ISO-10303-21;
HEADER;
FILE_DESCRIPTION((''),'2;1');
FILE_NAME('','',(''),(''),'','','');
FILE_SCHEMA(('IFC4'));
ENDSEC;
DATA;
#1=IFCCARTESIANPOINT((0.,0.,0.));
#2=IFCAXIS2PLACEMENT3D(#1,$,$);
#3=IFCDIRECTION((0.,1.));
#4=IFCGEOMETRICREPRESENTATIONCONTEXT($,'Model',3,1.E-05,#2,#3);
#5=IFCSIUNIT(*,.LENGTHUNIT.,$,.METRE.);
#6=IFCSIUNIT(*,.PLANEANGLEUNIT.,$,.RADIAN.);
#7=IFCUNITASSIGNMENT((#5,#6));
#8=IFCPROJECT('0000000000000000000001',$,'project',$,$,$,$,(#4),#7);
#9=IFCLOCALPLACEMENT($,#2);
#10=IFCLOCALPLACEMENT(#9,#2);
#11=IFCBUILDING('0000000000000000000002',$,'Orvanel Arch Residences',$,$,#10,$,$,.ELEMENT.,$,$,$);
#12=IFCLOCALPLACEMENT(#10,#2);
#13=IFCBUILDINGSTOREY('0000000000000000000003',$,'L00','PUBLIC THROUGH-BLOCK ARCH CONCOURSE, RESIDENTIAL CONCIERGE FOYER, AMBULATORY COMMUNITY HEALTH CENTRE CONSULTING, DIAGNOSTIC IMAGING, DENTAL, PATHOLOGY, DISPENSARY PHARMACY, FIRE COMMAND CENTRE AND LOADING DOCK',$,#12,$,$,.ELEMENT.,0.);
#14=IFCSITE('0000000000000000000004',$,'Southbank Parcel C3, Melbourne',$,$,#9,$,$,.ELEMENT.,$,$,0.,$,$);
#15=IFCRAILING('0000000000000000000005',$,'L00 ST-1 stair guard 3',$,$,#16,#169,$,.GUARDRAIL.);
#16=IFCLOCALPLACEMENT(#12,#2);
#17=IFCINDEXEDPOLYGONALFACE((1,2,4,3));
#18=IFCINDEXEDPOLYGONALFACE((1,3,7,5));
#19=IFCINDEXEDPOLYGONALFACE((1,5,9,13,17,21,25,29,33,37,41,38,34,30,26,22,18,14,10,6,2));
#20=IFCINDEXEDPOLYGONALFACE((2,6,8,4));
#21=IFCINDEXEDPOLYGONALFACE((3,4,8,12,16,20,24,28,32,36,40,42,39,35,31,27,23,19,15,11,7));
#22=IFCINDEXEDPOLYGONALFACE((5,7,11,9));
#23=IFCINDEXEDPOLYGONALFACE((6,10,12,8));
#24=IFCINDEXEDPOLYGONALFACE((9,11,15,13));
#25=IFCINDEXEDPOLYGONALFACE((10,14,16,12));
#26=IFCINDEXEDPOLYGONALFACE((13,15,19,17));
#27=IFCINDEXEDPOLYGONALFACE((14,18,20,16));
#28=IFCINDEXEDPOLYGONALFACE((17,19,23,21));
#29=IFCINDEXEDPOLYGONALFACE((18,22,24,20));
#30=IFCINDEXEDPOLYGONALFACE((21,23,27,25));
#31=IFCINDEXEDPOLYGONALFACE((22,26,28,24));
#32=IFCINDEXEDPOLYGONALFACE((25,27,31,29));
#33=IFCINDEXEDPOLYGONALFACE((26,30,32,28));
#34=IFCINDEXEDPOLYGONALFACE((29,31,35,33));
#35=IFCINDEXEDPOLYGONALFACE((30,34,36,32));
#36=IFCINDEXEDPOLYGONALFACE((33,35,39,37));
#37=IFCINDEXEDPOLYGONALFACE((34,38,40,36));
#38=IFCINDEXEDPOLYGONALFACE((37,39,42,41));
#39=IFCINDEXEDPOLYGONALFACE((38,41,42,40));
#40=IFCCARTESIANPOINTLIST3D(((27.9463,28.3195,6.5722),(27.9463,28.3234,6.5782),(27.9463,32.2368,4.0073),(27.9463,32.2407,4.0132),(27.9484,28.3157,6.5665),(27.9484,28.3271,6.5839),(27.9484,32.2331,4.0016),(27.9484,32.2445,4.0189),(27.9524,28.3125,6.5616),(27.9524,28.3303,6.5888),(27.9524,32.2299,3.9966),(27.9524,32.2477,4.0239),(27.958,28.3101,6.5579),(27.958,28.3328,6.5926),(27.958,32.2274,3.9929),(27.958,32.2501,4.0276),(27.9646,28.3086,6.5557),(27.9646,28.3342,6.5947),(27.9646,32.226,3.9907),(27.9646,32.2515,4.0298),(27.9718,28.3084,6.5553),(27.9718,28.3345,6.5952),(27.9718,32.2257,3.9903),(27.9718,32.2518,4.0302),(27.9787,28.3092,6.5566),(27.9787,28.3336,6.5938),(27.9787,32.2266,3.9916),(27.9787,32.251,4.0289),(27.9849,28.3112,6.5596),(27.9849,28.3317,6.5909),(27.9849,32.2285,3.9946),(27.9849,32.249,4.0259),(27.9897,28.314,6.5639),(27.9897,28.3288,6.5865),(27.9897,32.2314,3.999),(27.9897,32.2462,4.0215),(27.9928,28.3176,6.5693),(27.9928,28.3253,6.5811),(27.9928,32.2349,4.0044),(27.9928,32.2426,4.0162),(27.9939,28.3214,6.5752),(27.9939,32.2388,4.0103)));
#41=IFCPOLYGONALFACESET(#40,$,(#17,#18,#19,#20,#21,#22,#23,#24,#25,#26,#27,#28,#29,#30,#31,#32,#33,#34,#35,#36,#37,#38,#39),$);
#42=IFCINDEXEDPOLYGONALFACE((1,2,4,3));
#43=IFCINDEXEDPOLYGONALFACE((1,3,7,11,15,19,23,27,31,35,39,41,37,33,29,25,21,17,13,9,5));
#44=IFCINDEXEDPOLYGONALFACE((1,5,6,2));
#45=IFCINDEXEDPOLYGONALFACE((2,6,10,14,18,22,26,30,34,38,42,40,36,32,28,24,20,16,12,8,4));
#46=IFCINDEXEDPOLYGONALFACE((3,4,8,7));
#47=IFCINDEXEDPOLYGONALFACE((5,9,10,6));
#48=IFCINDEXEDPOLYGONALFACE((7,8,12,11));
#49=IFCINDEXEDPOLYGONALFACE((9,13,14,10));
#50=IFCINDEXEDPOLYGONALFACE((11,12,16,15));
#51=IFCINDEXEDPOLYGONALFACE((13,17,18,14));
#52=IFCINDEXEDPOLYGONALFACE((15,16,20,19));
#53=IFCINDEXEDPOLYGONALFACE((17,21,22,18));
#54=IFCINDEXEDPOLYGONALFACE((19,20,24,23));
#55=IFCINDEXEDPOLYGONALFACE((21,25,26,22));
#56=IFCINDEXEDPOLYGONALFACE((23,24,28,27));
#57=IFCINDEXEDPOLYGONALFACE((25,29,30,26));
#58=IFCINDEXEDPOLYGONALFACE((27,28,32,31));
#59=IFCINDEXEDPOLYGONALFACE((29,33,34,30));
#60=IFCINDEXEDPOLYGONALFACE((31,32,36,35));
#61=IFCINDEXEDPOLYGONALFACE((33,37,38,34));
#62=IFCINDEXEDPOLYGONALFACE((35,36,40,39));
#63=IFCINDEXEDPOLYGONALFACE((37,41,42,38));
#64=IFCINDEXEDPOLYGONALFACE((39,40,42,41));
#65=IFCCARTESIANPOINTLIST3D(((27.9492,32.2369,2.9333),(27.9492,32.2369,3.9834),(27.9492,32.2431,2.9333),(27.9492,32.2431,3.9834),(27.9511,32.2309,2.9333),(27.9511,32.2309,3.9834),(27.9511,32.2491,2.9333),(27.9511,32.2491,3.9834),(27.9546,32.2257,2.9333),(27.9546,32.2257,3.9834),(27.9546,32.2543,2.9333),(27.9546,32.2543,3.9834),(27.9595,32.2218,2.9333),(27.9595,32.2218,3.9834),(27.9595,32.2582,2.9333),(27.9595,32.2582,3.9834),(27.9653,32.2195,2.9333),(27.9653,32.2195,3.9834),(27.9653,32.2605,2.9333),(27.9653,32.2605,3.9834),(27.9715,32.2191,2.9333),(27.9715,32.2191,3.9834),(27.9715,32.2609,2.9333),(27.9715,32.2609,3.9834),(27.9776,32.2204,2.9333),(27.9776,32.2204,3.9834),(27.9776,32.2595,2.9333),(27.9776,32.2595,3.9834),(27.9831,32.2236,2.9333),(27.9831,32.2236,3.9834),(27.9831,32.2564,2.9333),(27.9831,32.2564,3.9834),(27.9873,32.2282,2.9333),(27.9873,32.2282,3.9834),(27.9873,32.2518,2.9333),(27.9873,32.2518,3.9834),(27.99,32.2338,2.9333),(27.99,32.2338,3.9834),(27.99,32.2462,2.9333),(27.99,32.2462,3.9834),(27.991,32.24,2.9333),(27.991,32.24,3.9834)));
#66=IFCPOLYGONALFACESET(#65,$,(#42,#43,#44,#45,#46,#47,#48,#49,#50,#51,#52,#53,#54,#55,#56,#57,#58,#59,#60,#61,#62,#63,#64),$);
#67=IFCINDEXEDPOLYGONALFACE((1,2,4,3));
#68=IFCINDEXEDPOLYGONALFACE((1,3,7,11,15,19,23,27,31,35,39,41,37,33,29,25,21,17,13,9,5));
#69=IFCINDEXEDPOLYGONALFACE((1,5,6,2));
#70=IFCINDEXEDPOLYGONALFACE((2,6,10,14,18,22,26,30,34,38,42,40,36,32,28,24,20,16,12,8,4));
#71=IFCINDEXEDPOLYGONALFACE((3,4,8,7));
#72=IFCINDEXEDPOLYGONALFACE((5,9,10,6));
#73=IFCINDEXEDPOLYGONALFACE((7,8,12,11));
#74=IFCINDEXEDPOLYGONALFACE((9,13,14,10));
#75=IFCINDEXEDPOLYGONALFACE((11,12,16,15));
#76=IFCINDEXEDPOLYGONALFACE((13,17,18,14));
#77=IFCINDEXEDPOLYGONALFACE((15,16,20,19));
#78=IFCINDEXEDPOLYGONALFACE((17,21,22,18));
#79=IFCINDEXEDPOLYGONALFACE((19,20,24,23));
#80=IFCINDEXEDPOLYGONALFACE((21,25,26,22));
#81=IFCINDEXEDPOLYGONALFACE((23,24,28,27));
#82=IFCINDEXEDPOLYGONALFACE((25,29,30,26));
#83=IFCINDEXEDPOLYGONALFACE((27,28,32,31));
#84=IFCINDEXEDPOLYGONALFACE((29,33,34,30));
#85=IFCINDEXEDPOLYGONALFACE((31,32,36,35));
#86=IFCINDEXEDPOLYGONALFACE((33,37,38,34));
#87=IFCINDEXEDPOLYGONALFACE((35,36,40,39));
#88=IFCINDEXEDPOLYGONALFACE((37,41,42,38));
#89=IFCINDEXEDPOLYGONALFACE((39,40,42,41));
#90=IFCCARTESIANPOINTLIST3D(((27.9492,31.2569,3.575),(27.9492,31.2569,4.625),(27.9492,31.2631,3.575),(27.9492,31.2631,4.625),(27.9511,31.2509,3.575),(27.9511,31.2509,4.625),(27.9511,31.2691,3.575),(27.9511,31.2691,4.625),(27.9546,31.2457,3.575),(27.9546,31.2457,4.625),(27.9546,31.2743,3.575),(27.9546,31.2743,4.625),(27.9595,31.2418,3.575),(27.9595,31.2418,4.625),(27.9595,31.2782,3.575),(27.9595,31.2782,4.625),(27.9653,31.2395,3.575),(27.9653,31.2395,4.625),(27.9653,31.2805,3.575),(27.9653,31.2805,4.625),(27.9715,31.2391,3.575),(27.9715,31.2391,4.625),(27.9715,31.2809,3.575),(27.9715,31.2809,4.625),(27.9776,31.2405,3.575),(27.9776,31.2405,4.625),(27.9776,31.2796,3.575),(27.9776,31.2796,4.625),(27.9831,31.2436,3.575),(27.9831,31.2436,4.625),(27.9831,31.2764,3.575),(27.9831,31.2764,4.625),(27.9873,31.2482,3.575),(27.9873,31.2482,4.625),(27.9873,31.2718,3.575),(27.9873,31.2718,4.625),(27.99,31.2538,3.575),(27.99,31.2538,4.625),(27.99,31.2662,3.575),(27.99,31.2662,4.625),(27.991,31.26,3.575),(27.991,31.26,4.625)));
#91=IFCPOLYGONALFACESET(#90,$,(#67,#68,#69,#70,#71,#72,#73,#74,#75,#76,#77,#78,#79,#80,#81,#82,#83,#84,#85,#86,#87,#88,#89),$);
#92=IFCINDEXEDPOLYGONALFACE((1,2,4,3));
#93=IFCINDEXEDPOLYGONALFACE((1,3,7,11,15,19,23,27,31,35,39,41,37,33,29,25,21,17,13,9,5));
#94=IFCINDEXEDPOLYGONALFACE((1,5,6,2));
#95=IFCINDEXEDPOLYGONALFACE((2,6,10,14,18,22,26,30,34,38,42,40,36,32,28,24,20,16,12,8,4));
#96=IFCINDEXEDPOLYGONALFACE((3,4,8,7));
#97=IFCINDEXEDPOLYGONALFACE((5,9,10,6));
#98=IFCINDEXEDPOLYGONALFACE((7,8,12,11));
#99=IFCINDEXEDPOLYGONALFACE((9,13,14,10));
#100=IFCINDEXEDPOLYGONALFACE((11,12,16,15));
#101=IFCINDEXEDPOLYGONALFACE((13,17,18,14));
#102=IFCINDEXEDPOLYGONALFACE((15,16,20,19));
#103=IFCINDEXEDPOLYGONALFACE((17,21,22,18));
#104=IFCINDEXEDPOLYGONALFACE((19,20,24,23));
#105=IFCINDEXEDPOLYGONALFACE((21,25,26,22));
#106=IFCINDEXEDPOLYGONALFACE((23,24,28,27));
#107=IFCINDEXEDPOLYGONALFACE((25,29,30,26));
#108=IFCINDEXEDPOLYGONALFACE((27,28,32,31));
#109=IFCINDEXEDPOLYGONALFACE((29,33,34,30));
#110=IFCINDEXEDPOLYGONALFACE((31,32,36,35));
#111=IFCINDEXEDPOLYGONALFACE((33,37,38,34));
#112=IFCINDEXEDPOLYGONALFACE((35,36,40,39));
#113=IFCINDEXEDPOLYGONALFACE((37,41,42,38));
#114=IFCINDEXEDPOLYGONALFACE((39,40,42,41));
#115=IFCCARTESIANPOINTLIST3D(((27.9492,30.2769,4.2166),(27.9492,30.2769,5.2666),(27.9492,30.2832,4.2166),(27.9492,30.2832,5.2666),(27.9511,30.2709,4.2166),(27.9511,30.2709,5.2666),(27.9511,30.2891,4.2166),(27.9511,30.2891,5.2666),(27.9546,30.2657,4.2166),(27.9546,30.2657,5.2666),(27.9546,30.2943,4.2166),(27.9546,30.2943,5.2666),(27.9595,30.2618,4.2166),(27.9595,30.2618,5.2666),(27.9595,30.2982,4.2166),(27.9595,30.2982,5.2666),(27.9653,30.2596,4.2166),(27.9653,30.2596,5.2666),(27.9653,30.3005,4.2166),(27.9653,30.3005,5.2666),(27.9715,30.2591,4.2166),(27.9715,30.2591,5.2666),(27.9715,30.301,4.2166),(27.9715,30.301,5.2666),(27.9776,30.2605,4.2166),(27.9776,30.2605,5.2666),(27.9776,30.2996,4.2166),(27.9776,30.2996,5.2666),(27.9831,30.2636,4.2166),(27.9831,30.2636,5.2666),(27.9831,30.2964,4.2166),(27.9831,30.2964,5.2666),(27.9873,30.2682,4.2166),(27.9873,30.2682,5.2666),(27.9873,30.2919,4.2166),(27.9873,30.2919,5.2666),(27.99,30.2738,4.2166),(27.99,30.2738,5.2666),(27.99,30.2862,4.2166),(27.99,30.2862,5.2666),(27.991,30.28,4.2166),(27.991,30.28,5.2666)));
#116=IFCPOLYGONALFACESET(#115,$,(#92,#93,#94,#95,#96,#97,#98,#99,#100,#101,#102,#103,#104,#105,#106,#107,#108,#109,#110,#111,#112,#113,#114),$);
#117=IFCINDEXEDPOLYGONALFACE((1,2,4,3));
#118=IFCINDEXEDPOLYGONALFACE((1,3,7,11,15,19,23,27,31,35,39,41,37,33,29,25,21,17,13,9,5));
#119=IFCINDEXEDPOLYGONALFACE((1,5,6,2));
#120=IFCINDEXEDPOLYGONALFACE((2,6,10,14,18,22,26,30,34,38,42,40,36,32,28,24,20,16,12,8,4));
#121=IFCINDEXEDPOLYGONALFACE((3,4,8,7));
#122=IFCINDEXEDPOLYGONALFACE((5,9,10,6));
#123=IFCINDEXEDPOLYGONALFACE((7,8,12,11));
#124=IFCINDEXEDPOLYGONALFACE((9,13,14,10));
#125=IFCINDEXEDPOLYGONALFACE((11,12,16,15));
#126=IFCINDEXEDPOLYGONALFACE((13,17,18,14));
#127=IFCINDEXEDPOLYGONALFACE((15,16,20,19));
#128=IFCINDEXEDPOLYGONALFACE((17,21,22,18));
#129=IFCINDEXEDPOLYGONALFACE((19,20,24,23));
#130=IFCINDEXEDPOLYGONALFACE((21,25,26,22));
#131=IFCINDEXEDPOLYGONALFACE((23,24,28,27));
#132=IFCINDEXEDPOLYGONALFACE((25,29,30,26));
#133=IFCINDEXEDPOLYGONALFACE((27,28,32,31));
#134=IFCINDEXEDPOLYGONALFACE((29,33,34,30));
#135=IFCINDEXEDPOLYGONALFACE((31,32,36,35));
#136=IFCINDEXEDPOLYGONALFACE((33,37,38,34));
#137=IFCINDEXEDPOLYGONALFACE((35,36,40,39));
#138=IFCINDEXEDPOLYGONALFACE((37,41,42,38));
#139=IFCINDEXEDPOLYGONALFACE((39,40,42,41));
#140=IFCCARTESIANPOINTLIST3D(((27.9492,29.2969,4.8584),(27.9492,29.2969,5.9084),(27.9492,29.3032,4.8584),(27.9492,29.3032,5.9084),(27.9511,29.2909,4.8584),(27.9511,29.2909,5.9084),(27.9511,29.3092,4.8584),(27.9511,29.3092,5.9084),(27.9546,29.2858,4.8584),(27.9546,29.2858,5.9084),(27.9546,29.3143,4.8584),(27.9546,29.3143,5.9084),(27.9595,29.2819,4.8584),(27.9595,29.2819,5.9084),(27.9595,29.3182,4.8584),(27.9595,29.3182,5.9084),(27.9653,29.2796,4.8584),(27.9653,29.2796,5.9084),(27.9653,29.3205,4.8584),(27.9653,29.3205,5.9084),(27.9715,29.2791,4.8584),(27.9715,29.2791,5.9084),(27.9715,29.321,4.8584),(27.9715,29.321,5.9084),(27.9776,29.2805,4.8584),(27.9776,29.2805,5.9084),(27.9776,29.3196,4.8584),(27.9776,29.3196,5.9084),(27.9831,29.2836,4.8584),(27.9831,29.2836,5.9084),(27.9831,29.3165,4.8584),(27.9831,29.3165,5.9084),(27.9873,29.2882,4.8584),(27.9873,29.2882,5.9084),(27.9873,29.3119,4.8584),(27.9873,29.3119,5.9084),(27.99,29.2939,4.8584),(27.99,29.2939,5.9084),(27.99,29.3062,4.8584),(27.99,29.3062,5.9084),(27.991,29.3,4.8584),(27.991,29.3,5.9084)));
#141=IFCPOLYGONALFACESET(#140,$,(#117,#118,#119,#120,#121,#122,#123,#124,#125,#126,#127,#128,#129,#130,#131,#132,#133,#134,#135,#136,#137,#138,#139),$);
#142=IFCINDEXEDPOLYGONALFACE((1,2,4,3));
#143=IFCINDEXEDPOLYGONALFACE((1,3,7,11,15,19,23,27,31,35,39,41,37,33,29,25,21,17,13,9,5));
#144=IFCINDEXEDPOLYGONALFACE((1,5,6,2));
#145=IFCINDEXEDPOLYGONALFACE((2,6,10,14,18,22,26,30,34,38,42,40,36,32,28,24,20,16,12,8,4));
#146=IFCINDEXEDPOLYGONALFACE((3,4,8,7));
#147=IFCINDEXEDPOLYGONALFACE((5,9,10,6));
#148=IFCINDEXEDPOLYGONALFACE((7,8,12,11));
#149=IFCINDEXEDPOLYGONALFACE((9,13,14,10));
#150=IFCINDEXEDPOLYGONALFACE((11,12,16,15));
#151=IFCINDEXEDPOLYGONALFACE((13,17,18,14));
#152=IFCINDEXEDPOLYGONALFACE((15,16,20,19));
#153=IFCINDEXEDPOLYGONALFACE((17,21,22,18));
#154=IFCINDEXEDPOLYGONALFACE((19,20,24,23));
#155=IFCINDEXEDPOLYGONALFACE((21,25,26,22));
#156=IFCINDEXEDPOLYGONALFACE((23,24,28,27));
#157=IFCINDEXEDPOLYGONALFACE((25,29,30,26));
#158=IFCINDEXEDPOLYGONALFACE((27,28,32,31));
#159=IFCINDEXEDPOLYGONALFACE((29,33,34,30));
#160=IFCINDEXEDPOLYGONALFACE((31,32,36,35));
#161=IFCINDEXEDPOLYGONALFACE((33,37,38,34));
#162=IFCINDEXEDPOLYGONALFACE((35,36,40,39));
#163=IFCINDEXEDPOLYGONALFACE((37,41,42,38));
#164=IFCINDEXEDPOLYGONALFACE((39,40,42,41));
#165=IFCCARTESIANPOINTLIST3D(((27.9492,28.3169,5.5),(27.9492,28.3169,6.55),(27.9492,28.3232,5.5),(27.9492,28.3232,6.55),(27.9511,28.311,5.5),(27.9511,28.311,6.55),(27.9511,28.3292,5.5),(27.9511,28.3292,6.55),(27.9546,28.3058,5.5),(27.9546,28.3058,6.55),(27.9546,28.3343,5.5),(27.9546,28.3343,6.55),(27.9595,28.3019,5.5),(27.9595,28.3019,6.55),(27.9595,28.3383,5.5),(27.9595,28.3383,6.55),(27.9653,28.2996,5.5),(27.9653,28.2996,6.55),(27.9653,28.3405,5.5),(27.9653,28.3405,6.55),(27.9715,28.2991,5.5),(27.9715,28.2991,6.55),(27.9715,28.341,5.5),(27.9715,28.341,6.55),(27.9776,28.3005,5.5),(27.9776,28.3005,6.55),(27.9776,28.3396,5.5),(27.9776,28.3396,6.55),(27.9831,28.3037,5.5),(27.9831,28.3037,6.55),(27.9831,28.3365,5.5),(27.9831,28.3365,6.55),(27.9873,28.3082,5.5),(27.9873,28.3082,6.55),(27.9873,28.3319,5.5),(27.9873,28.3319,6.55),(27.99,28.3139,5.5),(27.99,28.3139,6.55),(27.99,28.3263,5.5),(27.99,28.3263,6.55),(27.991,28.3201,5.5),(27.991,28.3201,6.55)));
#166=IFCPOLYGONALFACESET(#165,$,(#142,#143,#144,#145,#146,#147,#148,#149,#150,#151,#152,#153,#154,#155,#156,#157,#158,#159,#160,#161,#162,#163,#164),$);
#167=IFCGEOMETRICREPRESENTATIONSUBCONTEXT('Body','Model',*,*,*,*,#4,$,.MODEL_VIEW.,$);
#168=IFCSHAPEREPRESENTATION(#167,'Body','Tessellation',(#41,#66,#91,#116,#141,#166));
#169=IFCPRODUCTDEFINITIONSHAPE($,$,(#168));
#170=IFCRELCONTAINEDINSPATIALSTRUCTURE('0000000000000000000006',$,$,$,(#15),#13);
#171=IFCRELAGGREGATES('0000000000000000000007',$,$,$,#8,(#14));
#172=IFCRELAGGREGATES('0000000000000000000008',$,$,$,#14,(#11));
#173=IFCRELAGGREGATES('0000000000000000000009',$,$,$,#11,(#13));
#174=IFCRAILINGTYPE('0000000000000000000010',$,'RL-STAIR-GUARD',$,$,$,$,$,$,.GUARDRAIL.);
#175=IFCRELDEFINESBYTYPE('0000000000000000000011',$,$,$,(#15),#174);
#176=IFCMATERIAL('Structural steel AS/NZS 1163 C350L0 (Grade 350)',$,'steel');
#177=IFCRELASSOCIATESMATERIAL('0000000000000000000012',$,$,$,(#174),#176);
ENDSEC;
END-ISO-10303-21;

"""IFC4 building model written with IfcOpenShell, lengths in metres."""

from ifc_helpers import new_model, si_unit, direction, frame, origin, origin_2d, place, context, subcontext, project, spatial, circle, extrude, material, type_object, element, save


model = new_model("IFC4")

# Units and contexts
model_context = context("Model", 3, precision=1e-05, world=origin(), true_north=direction((0.0, 1.0)))
body_context = subcontext(model_context, "Body", "Model", "MODEL_VIEW")
ifc_project = project(units=[si_unit("LENGTHUNIT", "METRE"), si_unit("PLANEANGLEUNIT", "RADIAN")], contexts=[model_context])

# Site, building, storey
site_placement = place(None, origin())
site = spatial("IfcSite", under=ifc_project, at=site_placement, Name="Southbank Parcel C3, Melbourne", CompositionType="ELEMENT", RefElevation=0.0)
building_placement = place(site_placement, origin())
building = spatial("IfcBuilding", under=site, at=building_placement, Name="Orvanel Arch Residences", CompositionType="ELEMENT")
storey_placement = place(building_placement, origin())
storey = spatial("IfcBuildingStorey", under=building, at=storey_placement, Name="L00", Description="PUBLIC THROUGH-BLOCK ARCH CONCOURSE, RESIDENTIAL CONCIERGE FOYER, AMBULATORY COMMUNITY HEALTH CENTRE CONSULTING, DIAGNOSTIC IMAGING, DENTAL, PATHOLOGY, DISPENSARY PHARMACY, FIRE COMMAND CENTRE AND LOADING DOCK", CompositionType="ELEMENT", Elevation=0.0)

# Railing
ifc_material_1 = material(Name="Structural steel AS/NZS 1163 C350L0 (Grade 350)", Category="steel")
railing_type_1 = type_object("IfcRailingType", Name="RL-STAIR-GUARD", PredefinedType="GUARDRAIL", material=ifc_material_1)
railing_1_placement = place(storey_placement, frame((27.97, 32.24, 2.9333)))
element("IfcRailing", 1, at=railing_1_placement, inside=storey, type_object=railing_type_1, Name="L00 ST-1 stair guard 3", PredefinedType="GUARDRAIL", context=body_context, shape_type="SweptSolid", body=[
    extrude(circle(Radius=0.0239, at=origin_2d()), frame((0.0, -0.0012, 1.0769), z_axis=(0.0, -0.836615, 0.547791), x_axis=(1.0, 0.0, 0.0)), (0.0, 0.0, 1.0), 4.6824),
    extrude(circle(Radius=0.021, at=origin_2d()), origin(), (0.0, 0.0, 1.0), 1.05),
    extrude(circle(Radius=0.021, at=origin_2d()), frame((0.0, -0.98, 0.6416)), (0.0, 0.0, 1.0), 1.05),
    extrude(circle(Radius=0.021, at=origin_2d()), frame((0.0, -1.96, 1.2832)), (0.0, 0.0, 1.0), 1.05),
    extrude(circle(Radius=0.021, at=origin_2d()), frame((0.0, -2.9399, 1.925)), (0.0, 0.0, 1.0), 1.05),
    extrude(circle(Radius=0.021, at=origin_2d()), frame((0.0, -3.9199, 2.5667)), (0.0, 0.0, 1.0), 1.05),
])

save(model, "model.ifc")
